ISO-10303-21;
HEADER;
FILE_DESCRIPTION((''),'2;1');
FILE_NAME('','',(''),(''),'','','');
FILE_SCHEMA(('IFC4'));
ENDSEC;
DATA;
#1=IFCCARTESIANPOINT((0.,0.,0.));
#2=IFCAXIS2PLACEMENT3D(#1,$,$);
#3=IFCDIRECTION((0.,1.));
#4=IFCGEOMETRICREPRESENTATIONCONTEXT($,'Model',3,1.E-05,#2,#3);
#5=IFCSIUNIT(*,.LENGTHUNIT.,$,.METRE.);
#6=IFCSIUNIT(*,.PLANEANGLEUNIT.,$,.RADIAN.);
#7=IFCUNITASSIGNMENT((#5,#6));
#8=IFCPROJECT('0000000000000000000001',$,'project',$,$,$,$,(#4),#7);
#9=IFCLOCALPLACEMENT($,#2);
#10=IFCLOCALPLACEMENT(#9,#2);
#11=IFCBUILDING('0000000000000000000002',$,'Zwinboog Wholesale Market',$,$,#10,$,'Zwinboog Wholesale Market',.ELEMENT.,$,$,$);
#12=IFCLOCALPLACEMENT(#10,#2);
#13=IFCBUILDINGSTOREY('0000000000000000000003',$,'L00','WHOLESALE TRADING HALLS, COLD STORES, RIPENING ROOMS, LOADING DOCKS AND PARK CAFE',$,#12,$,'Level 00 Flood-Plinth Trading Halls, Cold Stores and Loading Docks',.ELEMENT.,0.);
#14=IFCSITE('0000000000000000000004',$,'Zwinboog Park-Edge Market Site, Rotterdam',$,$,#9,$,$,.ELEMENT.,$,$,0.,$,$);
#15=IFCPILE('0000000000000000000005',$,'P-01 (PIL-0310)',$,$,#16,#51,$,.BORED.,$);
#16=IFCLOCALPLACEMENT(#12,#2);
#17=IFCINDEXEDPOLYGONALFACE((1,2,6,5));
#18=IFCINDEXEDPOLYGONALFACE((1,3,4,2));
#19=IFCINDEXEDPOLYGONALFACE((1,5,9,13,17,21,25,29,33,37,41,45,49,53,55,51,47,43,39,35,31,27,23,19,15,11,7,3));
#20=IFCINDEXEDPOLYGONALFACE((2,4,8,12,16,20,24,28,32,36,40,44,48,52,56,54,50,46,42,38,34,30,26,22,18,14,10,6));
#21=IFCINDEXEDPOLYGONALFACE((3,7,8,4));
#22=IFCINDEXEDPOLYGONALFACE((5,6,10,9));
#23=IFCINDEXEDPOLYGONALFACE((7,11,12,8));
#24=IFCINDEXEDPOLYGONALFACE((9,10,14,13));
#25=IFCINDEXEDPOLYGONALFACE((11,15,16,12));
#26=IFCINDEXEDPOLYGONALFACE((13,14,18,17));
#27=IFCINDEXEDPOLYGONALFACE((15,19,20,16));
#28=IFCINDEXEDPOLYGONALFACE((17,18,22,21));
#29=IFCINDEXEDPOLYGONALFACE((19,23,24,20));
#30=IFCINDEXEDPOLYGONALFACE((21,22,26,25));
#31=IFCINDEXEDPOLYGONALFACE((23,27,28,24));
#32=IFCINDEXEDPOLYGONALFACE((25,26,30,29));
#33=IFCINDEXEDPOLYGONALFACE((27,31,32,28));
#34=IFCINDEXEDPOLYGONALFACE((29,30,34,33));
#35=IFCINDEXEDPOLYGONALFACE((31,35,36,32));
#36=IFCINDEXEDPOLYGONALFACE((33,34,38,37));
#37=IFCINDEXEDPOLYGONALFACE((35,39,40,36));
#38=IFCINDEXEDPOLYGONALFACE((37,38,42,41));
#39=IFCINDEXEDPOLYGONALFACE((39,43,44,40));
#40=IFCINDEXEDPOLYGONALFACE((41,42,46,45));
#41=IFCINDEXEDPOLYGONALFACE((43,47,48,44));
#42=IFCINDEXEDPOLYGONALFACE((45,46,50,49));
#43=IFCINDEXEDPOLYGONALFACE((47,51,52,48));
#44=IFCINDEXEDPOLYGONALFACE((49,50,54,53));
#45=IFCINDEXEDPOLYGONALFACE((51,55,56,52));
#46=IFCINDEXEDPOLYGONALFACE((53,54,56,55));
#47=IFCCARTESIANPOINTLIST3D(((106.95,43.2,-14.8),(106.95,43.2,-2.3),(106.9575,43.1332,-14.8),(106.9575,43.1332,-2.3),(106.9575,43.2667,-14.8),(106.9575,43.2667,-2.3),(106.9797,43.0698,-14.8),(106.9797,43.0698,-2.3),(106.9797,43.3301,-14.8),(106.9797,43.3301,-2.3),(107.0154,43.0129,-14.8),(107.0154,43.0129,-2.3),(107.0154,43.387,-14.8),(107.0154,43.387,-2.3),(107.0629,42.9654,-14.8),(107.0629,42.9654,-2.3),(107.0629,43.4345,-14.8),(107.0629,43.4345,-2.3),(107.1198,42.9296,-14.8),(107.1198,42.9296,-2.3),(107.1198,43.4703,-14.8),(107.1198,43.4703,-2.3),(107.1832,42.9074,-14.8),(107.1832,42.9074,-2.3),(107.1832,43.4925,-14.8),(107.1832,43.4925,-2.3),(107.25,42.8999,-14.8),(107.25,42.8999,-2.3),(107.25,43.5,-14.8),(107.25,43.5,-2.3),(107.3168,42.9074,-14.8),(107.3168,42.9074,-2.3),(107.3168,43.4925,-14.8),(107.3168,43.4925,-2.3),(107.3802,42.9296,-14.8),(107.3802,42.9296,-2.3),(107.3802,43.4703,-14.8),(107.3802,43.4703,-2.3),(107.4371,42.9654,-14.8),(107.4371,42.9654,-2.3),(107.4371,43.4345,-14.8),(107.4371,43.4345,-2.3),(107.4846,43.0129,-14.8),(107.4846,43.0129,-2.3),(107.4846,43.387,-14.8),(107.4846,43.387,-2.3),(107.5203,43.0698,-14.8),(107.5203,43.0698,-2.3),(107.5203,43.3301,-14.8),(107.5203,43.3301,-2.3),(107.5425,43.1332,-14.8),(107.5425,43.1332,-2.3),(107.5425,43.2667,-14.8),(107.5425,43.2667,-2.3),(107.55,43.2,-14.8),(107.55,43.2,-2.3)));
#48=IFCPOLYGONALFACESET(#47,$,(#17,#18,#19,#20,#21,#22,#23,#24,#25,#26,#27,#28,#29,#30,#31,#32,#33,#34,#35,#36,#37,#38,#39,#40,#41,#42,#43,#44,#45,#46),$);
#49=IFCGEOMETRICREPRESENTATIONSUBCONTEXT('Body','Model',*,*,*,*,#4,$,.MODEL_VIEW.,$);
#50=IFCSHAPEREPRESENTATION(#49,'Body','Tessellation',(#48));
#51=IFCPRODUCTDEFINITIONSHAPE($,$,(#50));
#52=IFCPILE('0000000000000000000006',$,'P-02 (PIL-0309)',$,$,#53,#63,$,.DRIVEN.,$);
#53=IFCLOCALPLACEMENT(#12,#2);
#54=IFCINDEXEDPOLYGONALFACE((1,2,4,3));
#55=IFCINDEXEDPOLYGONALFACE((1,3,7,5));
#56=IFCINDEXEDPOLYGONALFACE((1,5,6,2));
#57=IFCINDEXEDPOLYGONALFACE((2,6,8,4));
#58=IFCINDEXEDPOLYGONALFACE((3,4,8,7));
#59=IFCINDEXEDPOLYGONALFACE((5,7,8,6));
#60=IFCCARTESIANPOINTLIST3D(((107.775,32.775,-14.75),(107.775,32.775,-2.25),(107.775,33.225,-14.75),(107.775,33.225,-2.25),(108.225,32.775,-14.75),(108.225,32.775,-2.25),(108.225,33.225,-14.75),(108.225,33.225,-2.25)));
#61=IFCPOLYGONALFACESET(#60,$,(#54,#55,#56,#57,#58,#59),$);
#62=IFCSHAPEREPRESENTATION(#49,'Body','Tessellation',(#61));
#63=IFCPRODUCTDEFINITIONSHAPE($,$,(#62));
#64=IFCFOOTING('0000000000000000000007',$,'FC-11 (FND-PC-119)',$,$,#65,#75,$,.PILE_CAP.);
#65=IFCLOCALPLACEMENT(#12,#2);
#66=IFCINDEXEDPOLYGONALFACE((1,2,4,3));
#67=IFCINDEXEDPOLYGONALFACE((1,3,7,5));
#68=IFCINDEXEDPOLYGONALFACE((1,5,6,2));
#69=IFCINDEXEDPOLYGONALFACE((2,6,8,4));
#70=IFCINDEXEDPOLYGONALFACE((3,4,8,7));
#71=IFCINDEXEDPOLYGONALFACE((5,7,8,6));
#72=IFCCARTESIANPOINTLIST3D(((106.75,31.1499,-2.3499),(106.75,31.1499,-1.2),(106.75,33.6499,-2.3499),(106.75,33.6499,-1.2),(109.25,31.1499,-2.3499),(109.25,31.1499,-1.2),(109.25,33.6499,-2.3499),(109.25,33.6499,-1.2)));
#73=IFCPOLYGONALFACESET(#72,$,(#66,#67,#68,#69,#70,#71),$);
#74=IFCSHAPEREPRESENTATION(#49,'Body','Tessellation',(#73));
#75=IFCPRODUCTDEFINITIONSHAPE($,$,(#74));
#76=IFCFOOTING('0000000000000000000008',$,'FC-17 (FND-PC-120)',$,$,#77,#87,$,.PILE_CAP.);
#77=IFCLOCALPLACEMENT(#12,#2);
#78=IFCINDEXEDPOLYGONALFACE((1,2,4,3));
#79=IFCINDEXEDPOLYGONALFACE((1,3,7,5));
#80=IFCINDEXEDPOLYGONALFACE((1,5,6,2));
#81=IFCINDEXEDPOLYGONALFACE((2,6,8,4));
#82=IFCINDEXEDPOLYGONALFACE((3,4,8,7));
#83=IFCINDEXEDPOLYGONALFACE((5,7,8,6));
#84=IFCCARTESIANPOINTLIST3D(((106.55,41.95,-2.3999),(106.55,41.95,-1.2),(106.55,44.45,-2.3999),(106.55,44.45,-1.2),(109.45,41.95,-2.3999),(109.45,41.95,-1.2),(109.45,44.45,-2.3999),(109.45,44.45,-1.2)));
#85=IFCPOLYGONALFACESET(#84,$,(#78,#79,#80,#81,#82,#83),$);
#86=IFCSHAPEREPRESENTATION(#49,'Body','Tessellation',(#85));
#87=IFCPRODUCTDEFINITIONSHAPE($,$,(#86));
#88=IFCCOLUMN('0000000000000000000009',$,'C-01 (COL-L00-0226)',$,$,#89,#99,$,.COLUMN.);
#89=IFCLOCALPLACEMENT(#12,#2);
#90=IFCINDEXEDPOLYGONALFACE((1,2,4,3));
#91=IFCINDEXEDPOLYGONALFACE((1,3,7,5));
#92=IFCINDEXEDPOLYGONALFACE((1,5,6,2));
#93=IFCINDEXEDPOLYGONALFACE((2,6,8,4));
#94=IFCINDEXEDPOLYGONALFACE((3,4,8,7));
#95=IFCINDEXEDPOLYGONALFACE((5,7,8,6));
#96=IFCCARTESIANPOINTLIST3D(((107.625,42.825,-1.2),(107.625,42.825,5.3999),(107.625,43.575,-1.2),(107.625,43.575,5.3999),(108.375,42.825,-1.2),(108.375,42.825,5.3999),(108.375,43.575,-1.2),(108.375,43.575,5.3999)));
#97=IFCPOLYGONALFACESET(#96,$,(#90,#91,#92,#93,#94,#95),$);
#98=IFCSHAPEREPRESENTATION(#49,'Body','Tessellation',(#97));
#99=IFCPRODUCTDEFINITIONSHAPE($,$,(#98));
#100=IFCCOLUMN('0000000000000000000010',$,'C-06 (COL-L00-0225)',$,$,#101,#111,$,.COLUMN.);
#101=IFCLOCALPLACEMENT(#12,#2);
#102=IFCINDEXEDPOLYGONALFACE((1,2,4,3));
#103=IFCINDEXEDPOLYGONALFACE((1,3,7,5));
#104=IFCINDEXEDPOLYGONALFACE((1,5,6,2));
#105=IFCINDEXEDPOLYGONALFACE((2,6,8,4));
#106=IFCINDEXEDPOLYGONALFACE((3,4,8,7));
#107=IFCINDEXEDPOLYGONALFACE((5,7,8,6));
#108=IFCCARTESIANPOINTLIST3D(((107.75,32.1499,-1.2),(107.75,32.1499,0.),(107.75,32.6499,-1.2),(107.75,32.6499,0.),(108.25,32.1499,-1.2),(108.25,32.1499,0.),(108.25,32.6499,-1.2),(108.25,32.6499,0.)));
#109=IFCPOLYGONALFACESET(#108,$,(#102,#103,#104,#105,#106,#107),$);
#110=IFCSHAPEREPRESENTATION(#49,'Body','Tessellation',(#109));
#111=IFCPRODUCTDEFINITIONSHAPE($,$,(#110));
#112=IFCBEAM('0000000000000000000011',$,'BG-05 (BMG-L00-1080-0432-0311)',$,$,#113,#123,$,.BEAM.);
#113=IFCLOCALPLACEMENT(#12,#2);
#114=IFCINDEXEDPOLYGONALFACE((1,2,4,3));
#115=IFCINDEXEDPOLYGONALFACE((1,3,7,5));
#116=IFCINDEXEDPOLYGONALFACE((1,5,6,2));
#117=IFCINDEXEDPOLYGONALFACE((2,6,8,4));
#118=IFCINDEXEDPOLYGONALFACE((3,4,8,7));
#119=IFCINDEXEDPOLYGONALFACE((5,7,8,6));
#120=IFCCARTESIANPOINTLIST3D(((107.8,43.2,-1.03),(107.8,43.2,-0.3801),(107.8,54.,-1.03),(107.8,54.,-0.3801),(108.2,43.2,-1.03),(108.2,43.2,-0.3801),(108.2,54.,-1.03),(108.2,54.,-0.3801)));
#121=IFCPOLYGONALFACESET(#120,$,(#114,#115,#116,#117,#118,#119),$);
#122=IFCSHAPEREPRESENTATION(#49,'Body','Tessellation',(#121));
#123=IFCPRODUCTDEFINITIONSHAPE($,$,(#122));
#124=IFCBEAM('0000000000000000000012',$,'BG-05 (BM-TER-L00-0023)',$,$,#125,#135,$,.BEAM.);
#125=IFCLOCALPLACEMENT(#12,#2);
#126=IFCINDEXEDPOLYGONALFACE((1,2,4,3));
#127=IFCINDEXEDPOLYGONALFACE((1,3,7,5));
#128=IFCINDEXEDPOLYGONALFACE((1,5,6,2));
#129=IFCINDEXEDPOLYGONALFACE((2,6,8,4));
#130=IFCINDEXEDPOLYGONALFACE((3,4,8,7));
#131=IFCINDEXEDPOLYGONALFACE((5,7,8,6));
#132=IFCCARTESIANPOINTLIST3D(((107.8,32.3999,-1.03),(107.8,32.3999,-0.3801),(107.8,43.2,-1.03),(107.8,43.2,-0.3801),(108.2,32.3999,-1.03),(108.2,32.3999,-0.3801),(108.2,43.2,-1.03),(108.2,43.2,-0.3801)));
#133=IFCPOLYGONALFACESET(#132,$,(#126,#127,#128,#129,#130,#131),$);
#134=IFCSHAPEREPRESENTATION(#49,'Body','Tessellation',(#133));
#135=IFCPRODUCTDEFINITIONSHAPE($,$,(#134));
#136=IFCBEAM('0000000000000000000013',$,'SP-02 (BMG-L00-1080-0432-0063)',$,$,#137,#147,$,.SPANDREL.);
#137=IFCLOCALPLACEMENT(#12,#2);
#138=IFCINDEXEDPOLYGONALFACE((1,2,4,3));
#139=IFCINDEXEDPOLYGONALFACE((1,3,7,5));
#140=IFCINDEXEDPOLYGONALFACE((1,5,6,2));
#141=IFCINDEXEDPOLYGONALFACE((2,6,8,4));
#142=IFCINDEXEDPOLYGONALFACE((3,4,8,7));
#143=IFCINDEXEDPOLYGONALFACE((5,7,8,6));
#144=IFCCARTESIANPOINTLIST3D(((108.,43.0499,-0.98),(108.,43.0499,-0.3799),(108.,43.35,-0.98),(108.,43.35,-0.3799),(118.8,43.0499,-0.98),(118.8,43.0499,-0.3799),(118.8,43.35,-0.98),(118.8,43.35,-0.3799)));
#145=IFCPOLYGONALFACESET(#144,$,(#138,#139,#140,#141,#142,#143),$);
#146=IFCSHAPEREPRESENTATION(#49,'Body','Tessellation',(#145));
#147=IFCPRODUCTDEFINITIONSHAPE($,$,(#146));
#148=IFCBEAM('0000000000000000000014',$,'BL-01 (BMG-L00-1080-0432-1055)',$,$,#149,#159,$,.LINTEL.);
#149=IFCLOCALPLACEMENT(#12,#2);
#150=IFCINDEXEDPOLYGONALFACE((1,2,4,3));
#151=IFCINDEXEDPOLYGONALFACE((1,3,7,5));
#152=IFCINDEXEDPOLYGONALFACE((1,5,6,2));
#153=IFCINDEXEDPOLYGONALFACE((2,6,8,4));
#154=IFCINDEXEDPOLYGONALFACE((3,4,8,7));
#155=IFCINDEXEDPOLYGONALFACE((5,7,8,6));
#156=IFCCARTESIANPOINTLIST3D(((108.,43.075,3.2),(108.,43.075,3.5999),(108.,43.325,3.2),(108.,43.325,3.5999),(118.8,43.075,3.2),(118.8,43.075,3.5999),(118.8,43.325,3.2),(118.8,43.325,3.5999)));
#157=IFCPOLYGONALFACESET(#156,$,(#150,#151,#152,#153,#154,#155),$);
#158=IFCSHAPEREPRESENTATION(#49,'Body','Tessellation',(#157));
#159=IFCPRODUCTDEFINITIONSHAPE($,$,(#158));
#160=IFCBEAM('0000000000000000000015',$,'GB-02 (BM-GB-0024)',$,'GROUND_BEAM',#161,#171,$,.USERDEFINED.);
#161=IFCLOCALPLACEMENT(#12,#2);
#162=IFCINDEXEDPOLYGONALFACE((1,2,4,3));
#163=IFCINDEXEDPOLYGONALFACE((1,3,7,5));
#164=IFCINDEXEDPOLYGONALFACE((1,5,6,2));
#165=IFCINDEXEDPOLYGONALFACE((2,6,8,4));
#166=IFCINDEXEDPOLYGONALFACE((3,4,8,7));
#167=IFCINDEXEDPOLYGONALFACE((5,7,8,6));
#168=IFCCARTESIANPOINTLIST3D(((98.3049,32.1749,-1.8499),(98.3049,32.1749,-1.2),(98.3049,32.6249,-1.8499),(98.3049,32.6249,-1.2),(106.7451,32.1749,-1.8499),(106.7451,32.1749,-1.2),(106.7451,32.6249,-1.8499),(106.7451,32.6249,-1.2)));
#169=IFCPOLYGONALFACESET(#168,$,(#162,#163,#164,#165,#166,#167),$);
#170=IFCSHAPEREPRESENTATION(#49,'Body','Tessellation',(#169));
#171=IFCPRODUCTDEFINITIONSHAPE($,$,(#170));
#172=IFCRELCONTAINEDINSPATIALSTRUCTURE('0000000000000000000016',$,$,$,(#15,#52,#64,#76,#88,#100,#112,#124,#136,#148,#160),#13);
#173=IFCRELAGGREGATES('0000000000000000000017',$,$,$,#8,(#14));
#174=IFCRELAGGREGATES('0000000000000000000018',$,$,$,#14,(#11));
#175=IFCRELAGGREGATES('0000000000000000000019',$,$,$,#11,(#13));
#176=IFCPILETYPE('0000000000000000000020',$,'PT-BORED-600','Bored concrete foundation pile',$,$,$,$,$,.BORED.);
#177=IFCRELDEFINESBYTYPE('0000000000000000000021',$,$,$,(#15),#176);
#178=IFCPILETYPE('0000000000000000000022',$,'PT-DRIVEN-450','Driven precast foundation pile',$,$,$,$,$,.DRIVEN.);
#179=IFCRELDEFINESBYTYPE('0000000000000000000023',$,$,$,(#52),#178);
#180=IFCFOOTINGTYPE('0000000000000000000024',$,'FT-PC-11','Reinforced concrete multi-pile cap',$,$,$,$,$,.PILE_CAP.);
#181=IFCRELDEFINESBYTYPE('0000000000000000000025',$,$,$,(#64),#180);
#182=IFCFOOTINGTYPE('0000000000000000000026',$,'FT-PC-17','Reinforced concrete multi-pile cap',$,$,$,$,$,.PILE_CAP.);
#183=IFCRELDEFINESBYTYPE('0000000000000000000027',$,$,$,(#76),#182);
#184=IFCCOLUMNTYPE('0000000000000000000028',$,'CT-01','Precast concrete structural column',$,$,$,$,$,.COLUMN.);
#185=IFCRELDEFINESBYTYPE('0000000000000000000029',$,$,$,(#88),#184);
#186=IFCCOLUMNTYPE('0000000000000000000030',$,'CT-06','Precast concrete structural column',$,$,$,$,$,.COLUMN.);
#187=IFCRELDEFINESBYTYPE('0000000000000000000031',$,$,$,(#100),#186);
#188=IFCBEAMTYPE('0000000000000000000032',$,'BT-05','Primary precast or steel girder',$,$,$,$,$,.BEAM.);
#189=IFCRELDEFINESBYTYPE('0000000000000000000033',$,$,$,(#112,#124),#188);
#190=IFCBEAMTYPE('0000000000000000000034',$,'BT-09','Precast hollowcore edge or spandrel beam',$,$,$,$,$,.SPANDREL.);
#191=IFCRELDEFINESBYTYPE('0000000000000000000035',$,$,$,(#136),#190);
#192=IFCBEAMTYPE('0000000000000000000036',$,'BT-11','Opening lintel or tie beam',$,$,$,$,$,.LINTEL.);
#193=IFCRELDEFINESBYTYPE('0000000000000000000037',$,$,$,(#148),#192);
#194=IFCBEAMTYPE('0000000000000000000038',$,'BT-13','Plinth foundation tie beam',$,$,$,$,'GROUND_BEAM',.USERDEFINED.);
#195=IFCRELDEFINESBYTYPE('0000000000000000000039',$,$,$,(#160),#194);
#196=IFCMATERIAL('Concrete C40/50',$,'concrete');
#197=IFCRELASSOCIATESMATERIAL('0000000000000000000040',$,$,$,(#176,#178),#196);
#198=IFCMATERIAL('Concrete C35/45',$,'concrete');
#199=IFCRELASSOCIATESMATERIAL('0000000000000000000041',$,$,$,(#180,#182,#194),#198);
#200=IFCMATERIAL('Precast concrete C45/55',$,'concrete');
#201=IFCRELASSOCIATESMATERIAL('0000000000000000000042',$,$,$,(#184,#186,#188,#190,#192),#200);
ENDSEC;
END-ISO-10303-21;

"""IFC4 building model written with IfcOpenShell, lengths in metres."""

from ifc_helpers import new_model, si_unit, direction, frame, origin, origin_2d, place, context, subcontext, project, spatial, rectangle, circle, extrude, material, material_profile, profile_set, type_object, element, save


model = new_model("IFC4")

# Units and contexts
model_context = context("Model", 3, precision=1e-05, world=origin(), true_north=direction((0.0, 1.0)))
body_context = subcontext(model_context, "Body", "Model", "MODEL_VIEW")
ifc_project = project(units=[si_unit("LENGTHUNIT", "METRE"), si_unit("PLANEANGLEUNIT", "RADIAN")], contexts=[model_context])

# Site, building, storey
site_placement = place(None, origin())
site = spatial("IfcSite", under=ifc_project, at=site_placement, Name="Zwinboog Park-Edge Market Site, Rotterdam", CompositionType="ELEMENT", RefElevation=0.0)
building_placement = place(site_placement, origin())
building = spatial("IfcBuilding", under=site, at=building_placement, Name="Zwinboog Wholesale Market", LongName="Zwinboog Wholesale Market", CompositionType="ELEMENT")
storey_placement = place(building_placement, origin())
storey = spatial("IfcBuildingStorey", under=building, at=storey_placement, Name="L00", Description="WHOLESALE TRADING HALLS, COLD STORES, RIPENING ROOMS, LOADING DOCKS AND PARK CAFE", LongName="Level 00 Flood-Plinth Trading Halls, Cold Stores and Loading Docks", CompositionType="ELEMENT", Elevation=0.0)

# Piles
ifc_material_1 = material(Name="Concrete C40/50", Category="concrete")
ifc_material_profile_1 = material_profile(ifc_material_1, circle(Radius=0.3, at=origin_2d()), Name="PILE D600")
ifc_profile_set_1 = profile_set([ifc_material_profile_1], Name="Concrete C40/50")
pile_type_1 = type_object("IfcPileType", Name="PT-BORED-600", Description="Bored concrete foundation pile", PredefinedType="BORED", material=ifc_profile_set_1)
pile_1_placement = place(storey_placement, frame((107.25, 43.2, -2.3), z_axis=(0.0, 0.0, -1.0), x_axis=(1.0, 0.0, 0.0)))
element("IfcPile", 1, at=pile_1_placement, inside=storey, type_object=pile_type_1, Name="P-01 (PIL-0310)", PredefinedType="BORED", context=body_context, shape_type="SweptSolid", body=[
    extrude(circle(Radius=0.3, at=origin_2d()), origin(), (0.0, 0.0, 1.0), 12.5),
])
ifc_material_profile_2 = material_profile(ifc_material_1, rectangle(XDim=0.45, YDim=0.45, at=origin_2d()), Name="PILE SQ450")
ifc_profile_set_2 = profile_set([ifc_material_profile_2], Name="Concrete C40/50")
pile_type_2 = type_object("IfcPileType", Name="PT-DRIVEN-450", Description="Driven precast foundation pile", PredefinedType="DRIVEN", material=ifc_profile_set_2)
pile_2_placement = place(storey_placement, frame((108.0, 33.0, -2.25), z_axis=(0.0, 0.0, -1.0), x_axis=(1.0, 0.0, 0.0)))
element("IfcPile", 2, at=pile_2_placement, inside=storey, type_object=pile_type_2, Name="P-02 (PIL-0309)", PredefinedType="DRIVEN", context=body_context, shape_type="SweptSolid", body=[
    extrude(rectangle(XDim=0.45, YDim=0.45, at=origin_2d()), origin(), (0.0, 0.0, 1.0), 12.5),
])

# Footings
ifc_material_2 = material(Name="Concrete C35/45", Category="concrete")
footing_type_1 = type_object("IfcFootingType", Name="FT-PC-11", Description="Reinforced concrete multi-pile cap", PredefinedType="PILE_CAP", material=ifc_material_2)
footing_1_placement = place(storey_placement, frame((108.0, 32.3999, -2.3499), z_axis=(0.0, 0.0, 1.0), x_axis=(1.0, 0.0, 0.0)))
element("IfcFooting", 3, at=footing_1_placement, inside=storey, type_object=footing_type_1, Name="FC-11 (FND-PC-119)", PredefinedType="PILE_CAP", context=body_context, shape_type="SweptSolid", body=[
    extrude(rectangle(XDim=2.5, YDim=2.5, at=origin_2d()), origin(), (0.0, 0.0, 1.0), 1.1499),
])
footing_type_2 = type_object("IfcFootingType", Name="FT-PC-17", Description="Reinforced concrete multi-pile cap", PredefinedType="PILE_CAP", material=ifc_material_2)
footing_2_placement = place(storey_placement, frame((108.0, 43.2, -2.3999), z_axis=(0.0, 0.0, 1.0), x_axis=(1.0, 0.0, 0.0)))
element("IfcFooting", 4, at=footing_2_placement, inside=storey, type_object=footing_type_2, Name="FC-17 (FND-PC-120)", PredefinedType="PILE_CAP", context=body_context, shape_type="SweptSolid", body=[
    extrude(rectangle(XDim=2.8999, YDim=2.5, at=origin_2d()), origin(), (0.0, 0.0, 1.0), 1.2),
])

# Columns
ifc_material_3 = material(Name="Precast concrete C45/55", Category="concrete")
ifc_material_profile_3 = material_profile(ifc_material_3, rectangle(XDim=0.75, YDim=0.75, at=origin_2d()), Name="PC 750x750")
ifc_profile_set_3 = profile_set([ifc_material_profile_3], Name="Precast concrete C45/55")
column_type_1 = type_object("IfcColumnType", Name="CT-01", Description="Precast concrete structural column", PredefinedType="COLUMN", material=ifc_profile_set_3)
column_1_placement = place(storey_placement, frame((108.0, 43.2, -1.2), z_axis=(0.0, 0.0, 1.0), x_axis=(1.0, 0.0, 0.0)))
element("IfcColumn", 5, at=column_1_placement, inside=storey, type_object=column_type_1, Name="C-01 (COL-L00-0226)", PredefinedType="COLUMN", context=body_context, shape_type="SweptSolid", body=[
    extrude(rectangle(XDim=0.75, YDim=0.75, at=origin_2d()), origin(), (0.0, 0.0, 1.0), 6.5999),
])
ifc_material_profile_4 = material_profile(ifc_material_3, rectangle(XDim=0.5, YDim=0.5, at=origin_2d()), Name="PC 500x500")
ifc_profile_set_4 = profile_set([ifc_material_profile_4], Name="Precast concrete C45/55")
column_type_2 = type_object("IfcColumnType", Name="CT-06", Description="Precast concrete structural column", PredefinedType="COLUMN", material=ifc_profile_set_4)
column_2_placement = place(storey_placement, frame((108.0, 32.3999, -1.2), z_axis=(0.0, 0.0, 1.0), x_axis=(1.0, 0.0, 0.0)))
element("IfcColumn", 6, at=column_2_placement, inside=storey, type_object=column_type_2, Name="C-06 (COL-L00-0225)", PredefinedType="COLUMN", context=body_context, shape_type="SweptSolid", body=[
    extrude(rectangle(XDim=0.5, YDim=0.5, at=origin_2d()), origin(), (0.0, 0.0, 1.0), 1.2),
])

# Beams
ifc_material_profile_5 = material_profile(ifc_material_3, rectangle(XDim=0.3999, YDim=0.6499, at=origin_2d()), Name="PC 400x650")
ifc_profile_set_5 = profile_set([ifc_material_profile_5], Name="Precast concrete C45/55")
beam_type_1 = type_object("IfcBeamType", Name="BT-05", Description="Primary precast or steel girder", PredefinedType="BEAM", material=ifc_profile_set_5)
for number, where, z_axis, x_axis, name in (
    (7, (108.0, 43.2, -0.7051), (0.0, 1.0, 0.0), (-1.0, 0.0, 0.0), "BG-05 (BMG-L00-1080-0432-0311)"),
    (8, (108.0, 32.3999, -0.7051), (0.0, 1.0, 0.0), (-1.0, 0.0, 0.0), "BG-05 (BM-TER-L00-0023)"),
):
    element("IfcBeam", number, at=place(storey_placement, frame(where, z_axis=z_axis, x_axis=x_axis)), inside=storey, type_object=beam_type_1, Name=name, PredefinedType="BEAM", context=body_context, shape_type="SweptSolid", body=[
        extrude(rectangle(XDim=0.3999, YDim=0.6499, at=origin_2d()), origin(), (0.0, 0.0, 1.0), 10.8),
    ])
ifc_material_profile_6 = material_profile(ifc_material_3, rectangle(XDim=0.3, YDim=0.6001, at=origin_2d()), Name="PC 300x600")
ifc_profile_set_6 = profile_set([ifc_material_profile_6], Name="Precast concrete C45/55")
beam_type_2 = type_object("IfcBeamType", Name="BT-09", Description="Precast hollowcore edge or spandrel beam", PredefinedType="SPANDREL", material=ifc_profile_set_6)
beam_1_placement = place(storey_placement, frame((108.0, 43.2, -0.6799), z_axis=(1.0, 0.0, 0.0), x_axis=(0.0, 1.0, 0.0)))
element("IfcBeam", 9, at=beam_1_placement, inside=storey, type_object=beam_type_2, Name="SP-02 (BMG-L00-1080-0432-0063)", PredefinedType="SPANDREL", context=body_context, shape_type="SweptSolid", body=[
    extrude(rectangle(XDim=0.3, YDim=0.6001, at=origin_2d()), origin(), (0.0, 0.0, 1.0), 10.8),
])
ifc_material_profile_7 = material_profile(ifc_material_3, rectangle(XDim=0.25, YDim=0.3999, at=origin_2d()), Name="PC 250x400")
ifc_profile_set_7 = profile_set([ifc_material_profile_7], Name="Precast concrete C45/55")
beam_type_3 = type_object("IfcBeamType", Name="BT-11", Description="Opening lintel or tie beam", PredefinedType="LINTEL", material=ifc_profile_set_7)
beam_2_placement = place(storey_placement, frame((108.0, 43.2, 3.3999), z_axis=(1.0, 0.0, 0.0), x_axis=(0.0, 1.0, 0.0)))
element("IfcBeam", 10, at=beam_2_placement, inside=storey, type_object=beam_type_3, Name="BL-01 (BMG-L00-1080-0432-1055)", PredefinedType="LINTEL", context=body_context, shape_type="SweptSolid", body=[
    extrude(rectangle(XDim=0.25, YDim=0.3999, at=origin_2d()), origin(), (0.0, 0.0, 1.0), 10.8),
])
ifc_material_profile_8 = material_profile(ifc_material_2, rectangle(XDim=0.45, YDim=0.6499, at=origin_2d()), Name="RC 450x650")
ifc_profile_set_8 = profile_set([ifc_material_profile_8], Name="Concrete C35/45")
beam_type_4 = type_object("IfcBeamType", Name="BT-13", Description="Plinth foundation tie beam", ElementType="GROUND_BEAM", PredefinedType="USERDEFINED", material=ifc_profile_set_8)
beam_3_placement = place(storey_placement, frame((98.3049, 32.3999, -1.5249), z_axis=(1.0, 0.0, 0.0), x_axis=(0.0, 1.0, 0.0)))
element("IfcBeam", 11, at=beam_3_placement, inside=storey, type_object=beam_type_4, Name="GB-02 (BM-GB-0024)", ObjectType="GROUND_BEAM", PredefinedType="USERDEFINED", context=body_context, shape_type="SweptSolid", body=[
    extrude(rectangle(XDim=0.45, YDim=0.6499, at=origin_2d()), origin(), (0.0, 0.0, 1.0), 8.4402),
])

save(model, "model.ifc")
